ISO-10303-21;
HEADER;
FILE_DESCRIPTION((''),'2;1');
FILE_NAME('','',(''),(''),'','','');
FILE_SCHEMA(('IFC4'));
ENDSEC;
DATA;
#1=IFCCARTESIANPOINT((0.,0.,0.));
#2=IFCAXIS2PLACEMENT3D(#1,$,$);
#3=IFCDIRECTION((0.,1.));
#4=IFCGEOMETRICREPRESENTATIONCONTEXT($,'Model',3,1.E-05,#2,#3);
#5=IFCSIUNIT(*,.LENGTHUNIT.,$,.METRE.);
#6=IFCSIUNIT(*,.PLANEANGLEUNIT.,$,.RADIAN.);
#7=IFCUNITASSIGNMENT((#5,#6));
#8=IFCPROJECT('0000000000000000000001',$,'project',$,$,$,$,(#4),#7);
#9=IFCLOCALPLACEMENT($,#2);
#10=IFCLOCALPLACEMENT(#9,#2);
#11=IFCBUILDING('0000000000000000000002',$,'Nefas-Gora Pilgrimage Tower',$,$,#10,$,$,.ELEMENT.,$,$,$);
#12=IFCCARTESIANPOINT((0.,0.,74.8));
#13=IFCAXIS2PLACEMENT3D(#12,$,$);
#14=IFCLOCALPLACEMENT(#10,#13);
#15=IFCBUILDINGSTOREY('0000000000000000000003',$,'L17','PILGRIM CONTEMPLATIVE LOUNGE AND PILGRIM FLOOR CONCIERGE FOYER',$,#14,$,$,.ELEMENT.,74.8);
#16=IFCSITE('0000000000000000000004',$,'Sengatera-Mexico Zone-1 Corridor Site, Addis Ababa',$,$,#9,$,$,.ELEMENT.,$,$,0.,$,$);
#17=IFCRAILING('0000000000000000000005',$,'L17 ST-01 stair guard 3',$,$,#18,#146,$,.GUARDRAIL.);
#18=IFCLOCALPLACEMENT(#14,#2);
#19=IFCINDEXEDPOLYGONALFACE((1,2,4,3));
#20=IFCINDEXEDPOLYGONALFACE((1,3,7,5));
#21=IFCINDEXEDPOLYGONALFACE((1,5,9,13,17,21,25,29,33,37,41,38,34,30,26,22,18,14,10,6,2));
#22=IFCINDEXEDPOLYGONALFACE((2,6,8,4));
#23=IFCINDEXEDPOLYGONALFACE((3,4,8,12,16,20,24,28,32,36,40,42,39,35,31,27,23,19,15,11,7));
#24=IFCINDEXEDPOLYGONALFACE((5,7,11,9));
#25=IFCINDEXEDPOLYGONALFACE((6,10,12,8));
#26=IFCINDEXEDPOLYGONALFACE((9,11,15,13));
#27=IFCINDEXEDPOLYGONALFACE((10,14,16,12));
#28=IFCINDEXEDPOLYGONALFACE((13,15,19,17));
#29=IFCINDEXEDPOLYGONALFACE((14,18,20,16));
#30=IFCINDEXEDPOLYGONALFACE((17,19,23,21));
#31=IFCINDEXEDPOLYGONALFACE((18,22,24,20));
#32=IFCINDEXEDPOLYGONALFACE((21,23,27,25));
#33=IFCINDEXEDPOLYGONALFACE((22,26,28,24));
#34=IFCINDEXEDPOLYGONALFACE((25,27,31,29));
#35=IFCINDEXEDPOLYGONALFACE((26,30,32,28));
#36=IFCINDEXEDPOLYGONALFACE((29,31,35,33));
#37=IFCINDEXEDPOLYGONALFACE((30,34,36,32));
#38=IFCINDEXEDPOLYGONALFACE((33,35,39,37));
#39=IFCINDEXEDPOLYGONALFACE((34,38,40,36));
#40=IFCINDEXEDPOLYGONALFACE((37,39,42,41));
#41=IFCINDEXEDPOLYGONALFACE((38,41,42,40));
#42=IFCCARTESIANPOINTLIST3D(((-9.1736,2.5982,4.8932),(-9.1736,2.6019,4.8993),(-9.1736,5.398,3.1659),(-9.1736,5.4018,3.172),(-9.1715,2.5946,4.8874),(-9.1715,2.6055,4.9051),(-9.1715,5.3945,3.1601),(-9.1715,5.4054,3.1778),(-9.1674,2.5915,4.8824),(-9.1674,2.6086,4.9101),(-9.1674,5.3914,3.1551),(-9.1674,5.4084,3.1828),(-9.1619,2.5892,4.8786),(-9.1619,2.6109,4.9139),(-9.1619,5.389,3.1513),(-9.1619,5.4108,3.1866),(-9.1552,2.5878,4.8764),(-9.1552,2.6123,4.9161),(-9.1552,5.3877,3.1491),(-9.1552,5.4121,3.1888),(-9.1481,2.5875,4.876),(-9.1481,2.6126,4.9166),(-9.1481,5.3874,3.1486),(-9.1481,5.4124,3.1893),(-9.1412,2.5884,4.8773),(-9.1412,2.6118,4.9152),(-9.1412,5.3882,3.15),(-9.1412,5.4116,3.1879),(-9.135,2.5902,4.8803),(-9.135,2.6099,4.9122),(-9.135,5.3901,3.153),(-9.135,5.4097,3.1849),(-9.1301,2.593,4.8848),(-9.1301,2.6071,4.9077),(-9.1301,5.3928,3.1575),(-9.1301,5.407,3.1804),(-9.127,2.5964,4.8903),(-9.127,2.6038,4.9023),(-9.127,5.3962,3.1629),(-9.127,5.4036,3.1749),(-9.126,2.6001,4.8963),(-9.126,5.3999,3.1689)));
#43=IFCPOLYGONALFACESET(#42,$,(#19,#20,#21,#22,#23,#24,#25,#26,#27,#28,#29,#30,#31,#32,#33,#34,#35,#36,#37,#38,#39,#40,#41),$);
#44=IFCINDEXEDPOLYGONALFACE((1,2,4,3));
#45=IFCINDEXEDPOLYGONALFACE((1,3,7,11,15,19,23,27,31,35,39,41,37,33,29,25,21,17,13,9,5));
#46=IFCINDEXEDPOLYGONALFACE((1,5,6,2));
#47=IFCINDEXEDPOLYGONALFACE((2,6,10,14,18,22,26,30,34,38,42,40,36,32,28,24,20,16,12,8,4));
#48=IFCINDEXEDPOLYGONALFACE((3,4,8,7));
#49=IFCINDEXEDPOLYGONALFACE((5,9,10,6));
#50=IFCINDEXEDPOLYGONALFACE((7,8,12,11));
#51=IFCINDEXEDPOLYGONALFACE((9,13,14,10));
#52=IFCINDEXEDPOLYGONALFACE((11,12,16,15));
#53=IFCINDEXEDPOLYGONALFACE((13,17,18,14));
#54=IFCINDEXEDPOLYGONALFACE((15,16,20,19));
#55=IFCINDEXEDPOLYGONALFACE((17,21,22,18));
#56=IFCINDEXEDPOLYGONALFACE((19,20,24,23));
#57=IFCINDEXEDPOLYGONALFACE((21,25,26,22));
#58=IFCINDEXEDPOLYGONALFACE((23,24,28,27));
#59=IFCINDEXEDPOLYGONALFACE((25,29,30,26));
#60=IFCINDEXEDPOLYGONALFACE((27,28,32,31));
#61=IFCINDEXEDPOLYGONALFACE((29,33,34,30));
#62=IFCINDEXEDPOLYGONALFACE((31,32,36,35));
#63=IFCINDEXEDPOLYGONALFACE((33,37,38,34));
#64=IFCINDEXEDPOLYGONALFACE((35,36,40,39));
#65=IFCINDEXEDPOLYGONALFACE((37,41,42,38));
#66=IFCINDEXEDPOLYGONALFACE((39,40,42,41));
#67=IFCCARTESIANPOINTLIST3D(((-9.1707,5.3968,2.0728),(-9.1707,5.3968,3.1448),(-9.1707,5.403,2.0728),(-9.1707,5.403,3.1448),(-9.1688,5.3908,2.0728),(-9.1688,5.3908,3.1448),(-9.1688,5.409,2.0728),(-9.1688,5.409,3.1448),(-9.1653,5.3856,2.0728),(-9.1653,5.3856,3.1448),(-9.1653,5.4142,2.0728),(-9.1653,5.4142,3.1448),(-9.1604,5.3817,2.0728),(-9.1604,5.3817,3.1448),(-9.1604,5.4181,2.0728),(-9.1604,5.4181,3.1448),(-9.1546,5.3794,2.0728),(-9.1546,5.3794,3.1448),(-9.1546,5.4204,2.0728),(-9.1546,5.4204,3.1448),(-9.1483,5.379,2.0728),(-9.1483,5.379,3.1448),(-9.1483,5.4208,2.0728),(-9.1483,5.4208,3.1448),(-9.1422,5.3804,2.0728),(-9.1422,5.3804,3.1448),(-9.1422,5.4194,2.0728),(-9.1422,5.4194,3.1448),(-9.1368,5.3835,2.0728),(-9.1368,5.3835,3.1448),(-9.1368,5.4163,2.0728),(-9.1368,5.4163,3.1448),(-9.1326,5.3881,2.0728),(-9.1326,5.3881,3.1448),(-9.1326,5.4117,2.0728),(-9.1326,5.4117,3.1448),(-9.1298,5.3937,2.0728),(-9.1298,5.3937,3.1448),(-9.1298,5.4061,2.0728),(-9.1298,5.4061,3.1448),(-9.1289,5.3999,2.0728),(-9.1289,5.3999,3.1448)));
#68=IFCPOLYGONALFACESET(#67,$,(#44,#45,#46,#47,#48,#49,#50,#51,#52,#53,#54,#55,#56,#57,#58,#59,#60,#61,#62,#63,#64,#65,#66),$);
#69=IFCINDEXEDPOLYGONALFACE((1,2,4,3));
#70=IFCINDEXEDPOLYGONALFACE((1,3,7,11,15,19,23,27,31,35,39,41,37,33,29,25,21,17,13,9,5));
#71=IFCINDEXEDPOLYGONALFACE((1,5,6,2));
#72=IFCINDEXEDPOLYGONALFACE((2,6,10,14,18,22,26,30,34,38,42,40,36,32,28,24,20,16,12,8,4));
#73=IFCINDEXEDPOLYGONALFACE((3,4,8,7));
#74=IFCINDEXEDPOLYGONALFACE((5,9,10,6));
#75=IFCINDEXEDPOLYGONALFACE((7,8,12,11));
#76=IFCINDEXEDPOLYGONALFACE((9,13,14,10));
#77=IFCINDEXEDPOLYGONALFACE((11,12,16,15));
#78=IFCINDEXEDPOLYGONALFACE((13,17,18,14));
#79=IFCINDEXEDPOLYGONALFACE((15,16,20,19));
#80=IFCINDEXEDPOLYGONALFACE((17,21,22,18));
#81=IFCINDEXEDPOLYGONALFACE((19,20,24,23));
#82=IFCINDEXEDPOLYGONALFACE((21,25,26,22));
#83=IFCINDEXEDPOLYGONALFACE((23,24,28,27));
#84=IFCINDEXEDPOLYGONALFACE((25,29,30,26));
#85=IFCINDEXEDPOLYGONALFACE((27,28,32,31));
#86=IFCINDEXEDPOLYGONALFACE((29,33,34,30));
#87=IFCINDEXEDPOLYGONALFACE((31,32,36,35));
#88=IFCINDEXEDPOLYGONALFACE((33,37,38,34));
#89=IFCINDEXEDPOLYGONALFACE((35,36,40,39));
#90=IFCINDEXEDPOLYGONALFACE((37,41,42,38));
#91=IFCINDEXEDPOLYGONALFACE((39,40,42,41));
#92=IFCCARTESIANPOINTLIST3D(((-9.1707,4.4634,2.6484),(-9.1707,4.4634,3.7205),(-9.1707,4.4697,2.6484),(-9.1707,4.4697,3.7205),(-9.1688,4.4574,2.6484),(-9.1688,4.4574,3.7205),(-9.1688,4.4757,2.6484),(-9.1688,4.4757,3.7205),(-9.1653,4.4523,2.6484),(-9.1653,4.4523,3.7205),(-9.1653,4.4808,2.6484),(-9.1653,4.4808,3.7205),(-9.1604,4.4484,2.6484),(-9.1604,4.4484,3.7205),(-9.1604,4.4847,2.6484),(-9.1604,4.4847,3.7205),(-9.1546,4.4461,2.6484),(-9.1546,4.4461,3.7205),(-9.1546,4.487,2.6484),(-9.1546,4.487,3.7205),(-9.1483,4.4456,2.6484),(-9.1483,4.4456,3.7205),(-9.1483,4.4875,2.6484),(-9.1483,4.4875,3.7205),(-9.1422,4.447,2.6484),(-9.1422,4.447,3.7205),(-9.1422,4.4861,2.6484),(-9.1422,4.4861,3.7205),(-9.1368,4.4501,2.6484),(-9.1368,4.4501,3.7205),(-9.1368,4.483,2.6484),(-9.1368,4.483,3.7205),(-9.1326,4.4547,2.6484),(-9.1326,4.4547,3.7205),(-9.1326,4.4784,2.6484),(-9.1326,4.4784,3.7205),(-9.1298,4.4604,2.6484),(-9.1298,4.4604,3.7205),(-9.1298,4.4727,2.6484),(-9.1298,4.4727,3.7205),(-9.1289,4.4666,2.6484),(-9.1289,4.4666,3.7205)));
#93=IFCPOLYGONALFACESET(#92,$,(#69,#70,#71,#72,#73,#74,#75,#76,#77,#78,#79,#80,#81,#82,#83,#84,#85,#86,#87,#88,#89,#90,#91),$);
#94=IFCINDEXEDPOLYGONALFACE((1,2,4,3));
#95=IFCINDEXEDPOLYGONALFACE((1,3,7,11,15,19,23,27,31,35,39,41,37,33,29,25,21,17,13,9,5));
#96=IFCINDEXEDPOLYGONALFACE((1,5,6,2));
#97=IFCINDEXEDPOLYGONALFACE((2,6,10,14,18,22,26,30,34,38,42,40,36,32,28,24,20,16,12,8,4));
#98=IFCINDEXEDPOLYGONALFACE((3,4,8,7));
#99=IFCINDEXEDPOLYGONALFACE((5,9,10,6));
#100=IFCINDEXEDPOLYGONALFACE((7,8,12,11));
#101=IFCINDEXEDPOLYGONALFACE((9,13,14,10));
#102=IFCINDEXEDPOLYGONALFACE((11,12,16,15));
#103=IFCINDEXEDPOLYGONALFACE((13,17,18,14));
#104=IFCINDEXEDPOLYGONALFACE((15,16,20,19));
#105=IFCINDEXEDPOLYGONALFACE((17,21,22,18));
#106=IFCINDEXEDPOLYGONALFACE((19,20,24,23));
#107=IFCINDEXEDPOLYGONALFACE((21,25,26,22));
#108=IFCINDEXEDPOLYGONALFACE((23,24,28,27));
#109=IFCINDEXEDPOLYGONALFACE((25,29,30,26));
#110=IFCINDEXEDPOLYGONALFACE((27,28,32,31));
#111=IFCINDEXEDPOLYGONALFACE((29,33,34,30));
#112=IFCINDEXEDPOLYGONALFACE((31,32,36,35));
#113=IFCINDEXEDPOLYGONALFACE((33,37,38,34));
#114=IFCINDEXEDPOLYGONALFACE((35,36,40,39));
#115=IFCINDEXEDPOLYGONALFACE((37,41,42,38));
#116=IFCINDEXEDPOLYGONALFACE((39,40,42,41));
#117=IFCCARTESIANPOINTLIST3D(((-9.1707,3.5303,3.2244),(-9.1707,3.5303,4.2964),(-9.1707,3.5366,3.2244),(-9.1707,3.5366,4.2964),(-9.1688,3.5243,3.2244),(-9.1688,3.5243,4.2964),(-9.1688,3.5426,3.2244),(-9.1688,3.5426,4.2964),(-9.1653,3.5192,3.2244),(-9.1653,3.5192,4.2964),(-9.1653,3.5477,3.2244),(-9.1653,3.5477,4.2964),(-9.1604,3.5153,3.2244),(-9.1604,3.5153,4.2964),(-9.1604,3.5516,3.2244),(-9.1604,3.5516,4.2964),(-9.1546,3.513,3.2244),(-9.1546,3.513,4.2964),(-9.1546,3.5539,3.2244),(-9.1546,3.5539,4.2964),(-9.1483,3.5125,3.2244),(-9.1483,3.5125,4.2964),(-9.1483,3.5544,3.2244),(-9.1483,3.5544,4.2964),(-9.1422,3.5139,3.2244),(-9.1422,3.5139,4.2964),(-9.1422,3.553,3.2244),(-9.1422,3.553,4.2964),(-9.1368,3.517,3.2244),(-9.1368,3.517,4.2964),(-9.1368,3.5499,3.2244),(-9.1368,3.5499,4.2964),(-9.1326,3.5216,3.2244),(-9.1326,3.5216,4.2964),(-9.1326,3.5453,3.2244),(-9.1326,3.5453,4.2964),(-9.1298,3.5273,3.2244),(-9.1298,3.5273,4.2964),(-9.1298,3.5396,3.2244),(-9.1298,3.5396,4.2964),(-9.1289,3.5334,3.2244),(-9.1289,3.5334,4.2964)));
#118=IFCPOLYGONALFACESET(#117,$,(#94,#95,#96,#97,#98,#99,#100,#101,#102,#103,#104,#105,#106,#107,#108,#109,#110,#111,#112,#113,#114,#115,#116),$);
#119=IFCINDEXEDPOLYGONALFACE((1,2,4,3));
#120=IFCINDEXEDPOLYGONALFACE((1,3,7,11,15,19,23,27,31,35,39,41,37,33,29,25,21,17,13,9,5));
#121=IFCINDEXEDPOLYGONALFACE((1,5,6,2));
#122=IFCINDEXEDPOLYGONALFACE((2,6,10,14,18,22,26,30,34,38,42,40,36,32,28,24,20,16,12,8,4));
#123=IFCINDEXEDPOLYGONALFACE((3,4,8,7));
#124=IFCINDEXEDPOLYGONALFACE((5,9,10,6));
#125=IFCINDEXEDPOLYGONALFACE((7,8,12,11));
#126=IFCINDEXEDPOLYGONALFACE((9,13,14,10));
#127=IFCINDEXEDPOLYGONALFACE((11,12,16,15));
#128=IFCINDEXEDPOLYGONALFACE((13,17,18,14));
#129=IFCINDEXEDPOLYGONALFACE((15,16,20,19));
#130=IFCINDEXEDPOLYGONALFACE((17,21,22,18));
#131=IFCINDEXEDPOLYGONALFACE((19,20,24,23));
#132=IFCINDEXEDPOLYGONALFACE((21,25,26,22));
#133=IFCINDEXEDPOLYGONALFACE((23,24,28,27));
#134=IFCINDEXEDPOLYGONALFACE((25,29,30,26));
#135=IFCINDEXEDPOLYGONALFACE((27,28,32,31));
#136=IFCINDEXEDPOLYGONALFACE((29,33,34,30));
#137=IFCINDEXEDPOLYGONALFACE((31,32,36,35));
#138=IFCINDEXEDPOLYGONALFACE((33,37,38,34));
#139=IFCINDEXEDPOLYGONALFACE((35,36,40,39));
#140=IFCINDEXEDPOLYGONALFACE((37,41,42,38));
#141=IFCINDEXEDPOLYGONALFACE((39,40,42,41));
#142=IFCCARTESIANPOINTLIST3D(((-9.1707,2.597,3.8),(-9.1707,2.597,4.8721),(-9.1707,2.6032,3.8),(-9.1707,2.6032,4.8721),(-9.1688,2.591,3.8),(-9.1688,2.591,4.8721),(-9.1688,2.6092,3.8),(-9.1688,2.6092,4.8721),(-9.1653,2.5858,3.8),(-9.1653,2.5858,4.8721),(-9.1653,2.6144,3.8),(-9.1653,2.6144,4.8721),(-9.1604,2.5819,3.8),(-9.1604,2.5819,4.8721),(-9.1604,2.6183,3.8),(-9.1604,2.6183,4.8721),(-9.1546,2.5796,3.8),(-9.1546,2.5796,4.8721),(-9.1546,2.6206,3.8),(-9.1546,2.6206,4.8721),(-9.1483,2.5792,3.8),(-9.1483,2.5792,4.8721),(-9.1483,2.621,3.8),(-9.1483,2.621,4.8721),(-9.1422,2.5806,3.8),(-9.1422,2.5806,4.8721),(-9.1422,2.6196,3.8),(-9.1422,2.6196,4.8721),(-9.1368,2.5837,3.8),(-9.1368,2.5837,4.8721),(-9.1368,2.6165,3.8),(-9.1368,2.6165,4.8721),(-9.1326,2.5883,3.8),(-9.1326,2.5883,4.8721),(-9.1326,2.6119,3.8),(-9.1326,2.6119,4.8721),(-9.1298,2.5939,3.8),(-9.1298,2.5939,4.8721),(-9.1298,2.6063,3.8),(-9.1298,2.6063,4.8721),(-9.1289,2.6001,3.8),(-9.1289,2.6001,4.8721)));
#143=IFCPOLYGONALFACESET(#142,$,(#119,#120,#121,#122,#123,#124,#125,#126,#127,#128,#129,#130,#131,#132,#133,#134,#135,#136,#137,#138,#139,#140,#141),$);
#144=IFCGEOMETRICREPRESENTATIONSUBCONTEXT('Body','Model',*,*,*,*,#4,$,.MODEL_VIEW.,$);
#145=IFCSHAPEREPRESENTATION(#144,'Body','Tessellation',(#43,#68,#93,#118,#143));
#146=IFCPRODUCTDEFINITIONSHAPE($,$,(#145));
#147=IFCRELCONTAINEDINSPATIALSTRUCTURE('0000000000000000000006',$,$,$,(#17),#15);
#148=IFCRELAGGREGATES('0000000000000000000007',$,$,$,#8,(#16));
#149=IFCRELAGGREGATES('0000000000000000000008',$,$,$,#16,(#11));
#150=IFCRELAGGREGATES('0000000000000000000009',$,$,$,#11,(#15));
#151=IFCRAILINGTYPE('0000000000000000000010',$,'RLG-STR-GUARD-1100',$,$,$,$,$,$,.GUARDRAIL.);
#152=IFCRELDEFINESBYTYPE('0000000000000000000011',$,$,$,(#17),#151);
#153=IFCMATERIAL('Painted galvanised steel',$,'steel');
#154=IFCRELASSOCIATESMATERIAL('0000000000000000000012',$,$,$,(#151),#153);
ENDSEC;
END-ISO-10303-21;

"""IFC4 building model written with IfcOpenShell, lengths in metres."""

from ifc_helpers import new_model, si_unit, direction, frame, origin, origin_2d, place, context, subcontext, project, spatial, circle, extrude, material, type_object, element, save


model = new_model("IFC4")

# Units and contexts
model_context = context("Model", 3, precision=1e-05, world=origin(), true_north=direction((0.0, 1.0)))
body_context = subcontext(model_context, "Body", "Model", "MODEL_VIEW")
ifc_project = project(units=[si_unit("LENGTHUNIT", "METRE"), si_unit("PLANEANGLEUNIT", "RADIAN")], contexts=[model_context])

# Site, building, storey
site_placement = place(None, origin())
site = spatial("IfcSite", under=ifc_project, at=site_placement, Name="Sengatera-Mexico Zone-1 Corridor Site, Addis Ababa", CompositionType="ELEMENT", RefElevation=0.0)
building_placement = place(site_placement, origin())
building = spatial("IfcBuilding", under=site, at=building_placement, Name="Nefas-Gora Pilgrimage Tower", CompositionType="ELEMENT")
storey_placement = place(building_placement, frame((0.0, 0.0, 74.8)))
storey = spatial("IfcBuildingStorey", under=building, at=storey_placement, Name="L17", Description="PILGRIM CONTEMPLATIVE LOUNGE AND PILGRIM FLOOR CONCIERGE FOYER", CompositionType="ELEMENT", Elevation=74.8)

# Railing
ifc_material_1 = material(Name="Painted galvanised steel", Category="steel")
railing_type_1 = type_object("IfcRailingType", Name="RLG-STR-GUARD-1100", PredefinedType="GUARDRAIL", material=ifc_material_1)
railing_1_placement = place(storey_placement, frame((-9.1499, 5.3999, 2.0728)))
element("IfcRailing", 1, at=railing_1_placement, inside=storey, type_object=railing_type_1, Name="L17 ST-01 stair guard 3", PredefinedType="GUARDRAIL", context=body_context, shape_type="SweptSolid", body=[
    extrude(circle(Radius=0.0239, at=origin_2d()), frame((0.0, 0.0, 1.0962), z_axis=(0.0, -0.851069, 0.525054), x_axis=(1.0, 0.0, 0.0)), (0.0, 0.0, 1.0), 3.2898),
    extrude(circle(Radius=0.021, at=origin_2d()), origin(), (0.0, 0.0, 1.0), 1.072),
    extrude(circle(Radius=0.021, at=origin_2d()), frame((0.0, -0.9333, 0.5757)), (0.0, 0.0, 1.0), 1.072),
    extrude(circle(Radius=0.021, at=origin_2d()), frame((0.0, -1.8665, 1.1516)), (0.0, 0.0, 1.0), 1.072),
    extrude(circle(Radius=0.021, at=origin_2d()), frame((0.0, -2.7998, 1.7273)), (0.0, 0.0, 1.0), 1.072),
])

save(model, "model.ifc")
